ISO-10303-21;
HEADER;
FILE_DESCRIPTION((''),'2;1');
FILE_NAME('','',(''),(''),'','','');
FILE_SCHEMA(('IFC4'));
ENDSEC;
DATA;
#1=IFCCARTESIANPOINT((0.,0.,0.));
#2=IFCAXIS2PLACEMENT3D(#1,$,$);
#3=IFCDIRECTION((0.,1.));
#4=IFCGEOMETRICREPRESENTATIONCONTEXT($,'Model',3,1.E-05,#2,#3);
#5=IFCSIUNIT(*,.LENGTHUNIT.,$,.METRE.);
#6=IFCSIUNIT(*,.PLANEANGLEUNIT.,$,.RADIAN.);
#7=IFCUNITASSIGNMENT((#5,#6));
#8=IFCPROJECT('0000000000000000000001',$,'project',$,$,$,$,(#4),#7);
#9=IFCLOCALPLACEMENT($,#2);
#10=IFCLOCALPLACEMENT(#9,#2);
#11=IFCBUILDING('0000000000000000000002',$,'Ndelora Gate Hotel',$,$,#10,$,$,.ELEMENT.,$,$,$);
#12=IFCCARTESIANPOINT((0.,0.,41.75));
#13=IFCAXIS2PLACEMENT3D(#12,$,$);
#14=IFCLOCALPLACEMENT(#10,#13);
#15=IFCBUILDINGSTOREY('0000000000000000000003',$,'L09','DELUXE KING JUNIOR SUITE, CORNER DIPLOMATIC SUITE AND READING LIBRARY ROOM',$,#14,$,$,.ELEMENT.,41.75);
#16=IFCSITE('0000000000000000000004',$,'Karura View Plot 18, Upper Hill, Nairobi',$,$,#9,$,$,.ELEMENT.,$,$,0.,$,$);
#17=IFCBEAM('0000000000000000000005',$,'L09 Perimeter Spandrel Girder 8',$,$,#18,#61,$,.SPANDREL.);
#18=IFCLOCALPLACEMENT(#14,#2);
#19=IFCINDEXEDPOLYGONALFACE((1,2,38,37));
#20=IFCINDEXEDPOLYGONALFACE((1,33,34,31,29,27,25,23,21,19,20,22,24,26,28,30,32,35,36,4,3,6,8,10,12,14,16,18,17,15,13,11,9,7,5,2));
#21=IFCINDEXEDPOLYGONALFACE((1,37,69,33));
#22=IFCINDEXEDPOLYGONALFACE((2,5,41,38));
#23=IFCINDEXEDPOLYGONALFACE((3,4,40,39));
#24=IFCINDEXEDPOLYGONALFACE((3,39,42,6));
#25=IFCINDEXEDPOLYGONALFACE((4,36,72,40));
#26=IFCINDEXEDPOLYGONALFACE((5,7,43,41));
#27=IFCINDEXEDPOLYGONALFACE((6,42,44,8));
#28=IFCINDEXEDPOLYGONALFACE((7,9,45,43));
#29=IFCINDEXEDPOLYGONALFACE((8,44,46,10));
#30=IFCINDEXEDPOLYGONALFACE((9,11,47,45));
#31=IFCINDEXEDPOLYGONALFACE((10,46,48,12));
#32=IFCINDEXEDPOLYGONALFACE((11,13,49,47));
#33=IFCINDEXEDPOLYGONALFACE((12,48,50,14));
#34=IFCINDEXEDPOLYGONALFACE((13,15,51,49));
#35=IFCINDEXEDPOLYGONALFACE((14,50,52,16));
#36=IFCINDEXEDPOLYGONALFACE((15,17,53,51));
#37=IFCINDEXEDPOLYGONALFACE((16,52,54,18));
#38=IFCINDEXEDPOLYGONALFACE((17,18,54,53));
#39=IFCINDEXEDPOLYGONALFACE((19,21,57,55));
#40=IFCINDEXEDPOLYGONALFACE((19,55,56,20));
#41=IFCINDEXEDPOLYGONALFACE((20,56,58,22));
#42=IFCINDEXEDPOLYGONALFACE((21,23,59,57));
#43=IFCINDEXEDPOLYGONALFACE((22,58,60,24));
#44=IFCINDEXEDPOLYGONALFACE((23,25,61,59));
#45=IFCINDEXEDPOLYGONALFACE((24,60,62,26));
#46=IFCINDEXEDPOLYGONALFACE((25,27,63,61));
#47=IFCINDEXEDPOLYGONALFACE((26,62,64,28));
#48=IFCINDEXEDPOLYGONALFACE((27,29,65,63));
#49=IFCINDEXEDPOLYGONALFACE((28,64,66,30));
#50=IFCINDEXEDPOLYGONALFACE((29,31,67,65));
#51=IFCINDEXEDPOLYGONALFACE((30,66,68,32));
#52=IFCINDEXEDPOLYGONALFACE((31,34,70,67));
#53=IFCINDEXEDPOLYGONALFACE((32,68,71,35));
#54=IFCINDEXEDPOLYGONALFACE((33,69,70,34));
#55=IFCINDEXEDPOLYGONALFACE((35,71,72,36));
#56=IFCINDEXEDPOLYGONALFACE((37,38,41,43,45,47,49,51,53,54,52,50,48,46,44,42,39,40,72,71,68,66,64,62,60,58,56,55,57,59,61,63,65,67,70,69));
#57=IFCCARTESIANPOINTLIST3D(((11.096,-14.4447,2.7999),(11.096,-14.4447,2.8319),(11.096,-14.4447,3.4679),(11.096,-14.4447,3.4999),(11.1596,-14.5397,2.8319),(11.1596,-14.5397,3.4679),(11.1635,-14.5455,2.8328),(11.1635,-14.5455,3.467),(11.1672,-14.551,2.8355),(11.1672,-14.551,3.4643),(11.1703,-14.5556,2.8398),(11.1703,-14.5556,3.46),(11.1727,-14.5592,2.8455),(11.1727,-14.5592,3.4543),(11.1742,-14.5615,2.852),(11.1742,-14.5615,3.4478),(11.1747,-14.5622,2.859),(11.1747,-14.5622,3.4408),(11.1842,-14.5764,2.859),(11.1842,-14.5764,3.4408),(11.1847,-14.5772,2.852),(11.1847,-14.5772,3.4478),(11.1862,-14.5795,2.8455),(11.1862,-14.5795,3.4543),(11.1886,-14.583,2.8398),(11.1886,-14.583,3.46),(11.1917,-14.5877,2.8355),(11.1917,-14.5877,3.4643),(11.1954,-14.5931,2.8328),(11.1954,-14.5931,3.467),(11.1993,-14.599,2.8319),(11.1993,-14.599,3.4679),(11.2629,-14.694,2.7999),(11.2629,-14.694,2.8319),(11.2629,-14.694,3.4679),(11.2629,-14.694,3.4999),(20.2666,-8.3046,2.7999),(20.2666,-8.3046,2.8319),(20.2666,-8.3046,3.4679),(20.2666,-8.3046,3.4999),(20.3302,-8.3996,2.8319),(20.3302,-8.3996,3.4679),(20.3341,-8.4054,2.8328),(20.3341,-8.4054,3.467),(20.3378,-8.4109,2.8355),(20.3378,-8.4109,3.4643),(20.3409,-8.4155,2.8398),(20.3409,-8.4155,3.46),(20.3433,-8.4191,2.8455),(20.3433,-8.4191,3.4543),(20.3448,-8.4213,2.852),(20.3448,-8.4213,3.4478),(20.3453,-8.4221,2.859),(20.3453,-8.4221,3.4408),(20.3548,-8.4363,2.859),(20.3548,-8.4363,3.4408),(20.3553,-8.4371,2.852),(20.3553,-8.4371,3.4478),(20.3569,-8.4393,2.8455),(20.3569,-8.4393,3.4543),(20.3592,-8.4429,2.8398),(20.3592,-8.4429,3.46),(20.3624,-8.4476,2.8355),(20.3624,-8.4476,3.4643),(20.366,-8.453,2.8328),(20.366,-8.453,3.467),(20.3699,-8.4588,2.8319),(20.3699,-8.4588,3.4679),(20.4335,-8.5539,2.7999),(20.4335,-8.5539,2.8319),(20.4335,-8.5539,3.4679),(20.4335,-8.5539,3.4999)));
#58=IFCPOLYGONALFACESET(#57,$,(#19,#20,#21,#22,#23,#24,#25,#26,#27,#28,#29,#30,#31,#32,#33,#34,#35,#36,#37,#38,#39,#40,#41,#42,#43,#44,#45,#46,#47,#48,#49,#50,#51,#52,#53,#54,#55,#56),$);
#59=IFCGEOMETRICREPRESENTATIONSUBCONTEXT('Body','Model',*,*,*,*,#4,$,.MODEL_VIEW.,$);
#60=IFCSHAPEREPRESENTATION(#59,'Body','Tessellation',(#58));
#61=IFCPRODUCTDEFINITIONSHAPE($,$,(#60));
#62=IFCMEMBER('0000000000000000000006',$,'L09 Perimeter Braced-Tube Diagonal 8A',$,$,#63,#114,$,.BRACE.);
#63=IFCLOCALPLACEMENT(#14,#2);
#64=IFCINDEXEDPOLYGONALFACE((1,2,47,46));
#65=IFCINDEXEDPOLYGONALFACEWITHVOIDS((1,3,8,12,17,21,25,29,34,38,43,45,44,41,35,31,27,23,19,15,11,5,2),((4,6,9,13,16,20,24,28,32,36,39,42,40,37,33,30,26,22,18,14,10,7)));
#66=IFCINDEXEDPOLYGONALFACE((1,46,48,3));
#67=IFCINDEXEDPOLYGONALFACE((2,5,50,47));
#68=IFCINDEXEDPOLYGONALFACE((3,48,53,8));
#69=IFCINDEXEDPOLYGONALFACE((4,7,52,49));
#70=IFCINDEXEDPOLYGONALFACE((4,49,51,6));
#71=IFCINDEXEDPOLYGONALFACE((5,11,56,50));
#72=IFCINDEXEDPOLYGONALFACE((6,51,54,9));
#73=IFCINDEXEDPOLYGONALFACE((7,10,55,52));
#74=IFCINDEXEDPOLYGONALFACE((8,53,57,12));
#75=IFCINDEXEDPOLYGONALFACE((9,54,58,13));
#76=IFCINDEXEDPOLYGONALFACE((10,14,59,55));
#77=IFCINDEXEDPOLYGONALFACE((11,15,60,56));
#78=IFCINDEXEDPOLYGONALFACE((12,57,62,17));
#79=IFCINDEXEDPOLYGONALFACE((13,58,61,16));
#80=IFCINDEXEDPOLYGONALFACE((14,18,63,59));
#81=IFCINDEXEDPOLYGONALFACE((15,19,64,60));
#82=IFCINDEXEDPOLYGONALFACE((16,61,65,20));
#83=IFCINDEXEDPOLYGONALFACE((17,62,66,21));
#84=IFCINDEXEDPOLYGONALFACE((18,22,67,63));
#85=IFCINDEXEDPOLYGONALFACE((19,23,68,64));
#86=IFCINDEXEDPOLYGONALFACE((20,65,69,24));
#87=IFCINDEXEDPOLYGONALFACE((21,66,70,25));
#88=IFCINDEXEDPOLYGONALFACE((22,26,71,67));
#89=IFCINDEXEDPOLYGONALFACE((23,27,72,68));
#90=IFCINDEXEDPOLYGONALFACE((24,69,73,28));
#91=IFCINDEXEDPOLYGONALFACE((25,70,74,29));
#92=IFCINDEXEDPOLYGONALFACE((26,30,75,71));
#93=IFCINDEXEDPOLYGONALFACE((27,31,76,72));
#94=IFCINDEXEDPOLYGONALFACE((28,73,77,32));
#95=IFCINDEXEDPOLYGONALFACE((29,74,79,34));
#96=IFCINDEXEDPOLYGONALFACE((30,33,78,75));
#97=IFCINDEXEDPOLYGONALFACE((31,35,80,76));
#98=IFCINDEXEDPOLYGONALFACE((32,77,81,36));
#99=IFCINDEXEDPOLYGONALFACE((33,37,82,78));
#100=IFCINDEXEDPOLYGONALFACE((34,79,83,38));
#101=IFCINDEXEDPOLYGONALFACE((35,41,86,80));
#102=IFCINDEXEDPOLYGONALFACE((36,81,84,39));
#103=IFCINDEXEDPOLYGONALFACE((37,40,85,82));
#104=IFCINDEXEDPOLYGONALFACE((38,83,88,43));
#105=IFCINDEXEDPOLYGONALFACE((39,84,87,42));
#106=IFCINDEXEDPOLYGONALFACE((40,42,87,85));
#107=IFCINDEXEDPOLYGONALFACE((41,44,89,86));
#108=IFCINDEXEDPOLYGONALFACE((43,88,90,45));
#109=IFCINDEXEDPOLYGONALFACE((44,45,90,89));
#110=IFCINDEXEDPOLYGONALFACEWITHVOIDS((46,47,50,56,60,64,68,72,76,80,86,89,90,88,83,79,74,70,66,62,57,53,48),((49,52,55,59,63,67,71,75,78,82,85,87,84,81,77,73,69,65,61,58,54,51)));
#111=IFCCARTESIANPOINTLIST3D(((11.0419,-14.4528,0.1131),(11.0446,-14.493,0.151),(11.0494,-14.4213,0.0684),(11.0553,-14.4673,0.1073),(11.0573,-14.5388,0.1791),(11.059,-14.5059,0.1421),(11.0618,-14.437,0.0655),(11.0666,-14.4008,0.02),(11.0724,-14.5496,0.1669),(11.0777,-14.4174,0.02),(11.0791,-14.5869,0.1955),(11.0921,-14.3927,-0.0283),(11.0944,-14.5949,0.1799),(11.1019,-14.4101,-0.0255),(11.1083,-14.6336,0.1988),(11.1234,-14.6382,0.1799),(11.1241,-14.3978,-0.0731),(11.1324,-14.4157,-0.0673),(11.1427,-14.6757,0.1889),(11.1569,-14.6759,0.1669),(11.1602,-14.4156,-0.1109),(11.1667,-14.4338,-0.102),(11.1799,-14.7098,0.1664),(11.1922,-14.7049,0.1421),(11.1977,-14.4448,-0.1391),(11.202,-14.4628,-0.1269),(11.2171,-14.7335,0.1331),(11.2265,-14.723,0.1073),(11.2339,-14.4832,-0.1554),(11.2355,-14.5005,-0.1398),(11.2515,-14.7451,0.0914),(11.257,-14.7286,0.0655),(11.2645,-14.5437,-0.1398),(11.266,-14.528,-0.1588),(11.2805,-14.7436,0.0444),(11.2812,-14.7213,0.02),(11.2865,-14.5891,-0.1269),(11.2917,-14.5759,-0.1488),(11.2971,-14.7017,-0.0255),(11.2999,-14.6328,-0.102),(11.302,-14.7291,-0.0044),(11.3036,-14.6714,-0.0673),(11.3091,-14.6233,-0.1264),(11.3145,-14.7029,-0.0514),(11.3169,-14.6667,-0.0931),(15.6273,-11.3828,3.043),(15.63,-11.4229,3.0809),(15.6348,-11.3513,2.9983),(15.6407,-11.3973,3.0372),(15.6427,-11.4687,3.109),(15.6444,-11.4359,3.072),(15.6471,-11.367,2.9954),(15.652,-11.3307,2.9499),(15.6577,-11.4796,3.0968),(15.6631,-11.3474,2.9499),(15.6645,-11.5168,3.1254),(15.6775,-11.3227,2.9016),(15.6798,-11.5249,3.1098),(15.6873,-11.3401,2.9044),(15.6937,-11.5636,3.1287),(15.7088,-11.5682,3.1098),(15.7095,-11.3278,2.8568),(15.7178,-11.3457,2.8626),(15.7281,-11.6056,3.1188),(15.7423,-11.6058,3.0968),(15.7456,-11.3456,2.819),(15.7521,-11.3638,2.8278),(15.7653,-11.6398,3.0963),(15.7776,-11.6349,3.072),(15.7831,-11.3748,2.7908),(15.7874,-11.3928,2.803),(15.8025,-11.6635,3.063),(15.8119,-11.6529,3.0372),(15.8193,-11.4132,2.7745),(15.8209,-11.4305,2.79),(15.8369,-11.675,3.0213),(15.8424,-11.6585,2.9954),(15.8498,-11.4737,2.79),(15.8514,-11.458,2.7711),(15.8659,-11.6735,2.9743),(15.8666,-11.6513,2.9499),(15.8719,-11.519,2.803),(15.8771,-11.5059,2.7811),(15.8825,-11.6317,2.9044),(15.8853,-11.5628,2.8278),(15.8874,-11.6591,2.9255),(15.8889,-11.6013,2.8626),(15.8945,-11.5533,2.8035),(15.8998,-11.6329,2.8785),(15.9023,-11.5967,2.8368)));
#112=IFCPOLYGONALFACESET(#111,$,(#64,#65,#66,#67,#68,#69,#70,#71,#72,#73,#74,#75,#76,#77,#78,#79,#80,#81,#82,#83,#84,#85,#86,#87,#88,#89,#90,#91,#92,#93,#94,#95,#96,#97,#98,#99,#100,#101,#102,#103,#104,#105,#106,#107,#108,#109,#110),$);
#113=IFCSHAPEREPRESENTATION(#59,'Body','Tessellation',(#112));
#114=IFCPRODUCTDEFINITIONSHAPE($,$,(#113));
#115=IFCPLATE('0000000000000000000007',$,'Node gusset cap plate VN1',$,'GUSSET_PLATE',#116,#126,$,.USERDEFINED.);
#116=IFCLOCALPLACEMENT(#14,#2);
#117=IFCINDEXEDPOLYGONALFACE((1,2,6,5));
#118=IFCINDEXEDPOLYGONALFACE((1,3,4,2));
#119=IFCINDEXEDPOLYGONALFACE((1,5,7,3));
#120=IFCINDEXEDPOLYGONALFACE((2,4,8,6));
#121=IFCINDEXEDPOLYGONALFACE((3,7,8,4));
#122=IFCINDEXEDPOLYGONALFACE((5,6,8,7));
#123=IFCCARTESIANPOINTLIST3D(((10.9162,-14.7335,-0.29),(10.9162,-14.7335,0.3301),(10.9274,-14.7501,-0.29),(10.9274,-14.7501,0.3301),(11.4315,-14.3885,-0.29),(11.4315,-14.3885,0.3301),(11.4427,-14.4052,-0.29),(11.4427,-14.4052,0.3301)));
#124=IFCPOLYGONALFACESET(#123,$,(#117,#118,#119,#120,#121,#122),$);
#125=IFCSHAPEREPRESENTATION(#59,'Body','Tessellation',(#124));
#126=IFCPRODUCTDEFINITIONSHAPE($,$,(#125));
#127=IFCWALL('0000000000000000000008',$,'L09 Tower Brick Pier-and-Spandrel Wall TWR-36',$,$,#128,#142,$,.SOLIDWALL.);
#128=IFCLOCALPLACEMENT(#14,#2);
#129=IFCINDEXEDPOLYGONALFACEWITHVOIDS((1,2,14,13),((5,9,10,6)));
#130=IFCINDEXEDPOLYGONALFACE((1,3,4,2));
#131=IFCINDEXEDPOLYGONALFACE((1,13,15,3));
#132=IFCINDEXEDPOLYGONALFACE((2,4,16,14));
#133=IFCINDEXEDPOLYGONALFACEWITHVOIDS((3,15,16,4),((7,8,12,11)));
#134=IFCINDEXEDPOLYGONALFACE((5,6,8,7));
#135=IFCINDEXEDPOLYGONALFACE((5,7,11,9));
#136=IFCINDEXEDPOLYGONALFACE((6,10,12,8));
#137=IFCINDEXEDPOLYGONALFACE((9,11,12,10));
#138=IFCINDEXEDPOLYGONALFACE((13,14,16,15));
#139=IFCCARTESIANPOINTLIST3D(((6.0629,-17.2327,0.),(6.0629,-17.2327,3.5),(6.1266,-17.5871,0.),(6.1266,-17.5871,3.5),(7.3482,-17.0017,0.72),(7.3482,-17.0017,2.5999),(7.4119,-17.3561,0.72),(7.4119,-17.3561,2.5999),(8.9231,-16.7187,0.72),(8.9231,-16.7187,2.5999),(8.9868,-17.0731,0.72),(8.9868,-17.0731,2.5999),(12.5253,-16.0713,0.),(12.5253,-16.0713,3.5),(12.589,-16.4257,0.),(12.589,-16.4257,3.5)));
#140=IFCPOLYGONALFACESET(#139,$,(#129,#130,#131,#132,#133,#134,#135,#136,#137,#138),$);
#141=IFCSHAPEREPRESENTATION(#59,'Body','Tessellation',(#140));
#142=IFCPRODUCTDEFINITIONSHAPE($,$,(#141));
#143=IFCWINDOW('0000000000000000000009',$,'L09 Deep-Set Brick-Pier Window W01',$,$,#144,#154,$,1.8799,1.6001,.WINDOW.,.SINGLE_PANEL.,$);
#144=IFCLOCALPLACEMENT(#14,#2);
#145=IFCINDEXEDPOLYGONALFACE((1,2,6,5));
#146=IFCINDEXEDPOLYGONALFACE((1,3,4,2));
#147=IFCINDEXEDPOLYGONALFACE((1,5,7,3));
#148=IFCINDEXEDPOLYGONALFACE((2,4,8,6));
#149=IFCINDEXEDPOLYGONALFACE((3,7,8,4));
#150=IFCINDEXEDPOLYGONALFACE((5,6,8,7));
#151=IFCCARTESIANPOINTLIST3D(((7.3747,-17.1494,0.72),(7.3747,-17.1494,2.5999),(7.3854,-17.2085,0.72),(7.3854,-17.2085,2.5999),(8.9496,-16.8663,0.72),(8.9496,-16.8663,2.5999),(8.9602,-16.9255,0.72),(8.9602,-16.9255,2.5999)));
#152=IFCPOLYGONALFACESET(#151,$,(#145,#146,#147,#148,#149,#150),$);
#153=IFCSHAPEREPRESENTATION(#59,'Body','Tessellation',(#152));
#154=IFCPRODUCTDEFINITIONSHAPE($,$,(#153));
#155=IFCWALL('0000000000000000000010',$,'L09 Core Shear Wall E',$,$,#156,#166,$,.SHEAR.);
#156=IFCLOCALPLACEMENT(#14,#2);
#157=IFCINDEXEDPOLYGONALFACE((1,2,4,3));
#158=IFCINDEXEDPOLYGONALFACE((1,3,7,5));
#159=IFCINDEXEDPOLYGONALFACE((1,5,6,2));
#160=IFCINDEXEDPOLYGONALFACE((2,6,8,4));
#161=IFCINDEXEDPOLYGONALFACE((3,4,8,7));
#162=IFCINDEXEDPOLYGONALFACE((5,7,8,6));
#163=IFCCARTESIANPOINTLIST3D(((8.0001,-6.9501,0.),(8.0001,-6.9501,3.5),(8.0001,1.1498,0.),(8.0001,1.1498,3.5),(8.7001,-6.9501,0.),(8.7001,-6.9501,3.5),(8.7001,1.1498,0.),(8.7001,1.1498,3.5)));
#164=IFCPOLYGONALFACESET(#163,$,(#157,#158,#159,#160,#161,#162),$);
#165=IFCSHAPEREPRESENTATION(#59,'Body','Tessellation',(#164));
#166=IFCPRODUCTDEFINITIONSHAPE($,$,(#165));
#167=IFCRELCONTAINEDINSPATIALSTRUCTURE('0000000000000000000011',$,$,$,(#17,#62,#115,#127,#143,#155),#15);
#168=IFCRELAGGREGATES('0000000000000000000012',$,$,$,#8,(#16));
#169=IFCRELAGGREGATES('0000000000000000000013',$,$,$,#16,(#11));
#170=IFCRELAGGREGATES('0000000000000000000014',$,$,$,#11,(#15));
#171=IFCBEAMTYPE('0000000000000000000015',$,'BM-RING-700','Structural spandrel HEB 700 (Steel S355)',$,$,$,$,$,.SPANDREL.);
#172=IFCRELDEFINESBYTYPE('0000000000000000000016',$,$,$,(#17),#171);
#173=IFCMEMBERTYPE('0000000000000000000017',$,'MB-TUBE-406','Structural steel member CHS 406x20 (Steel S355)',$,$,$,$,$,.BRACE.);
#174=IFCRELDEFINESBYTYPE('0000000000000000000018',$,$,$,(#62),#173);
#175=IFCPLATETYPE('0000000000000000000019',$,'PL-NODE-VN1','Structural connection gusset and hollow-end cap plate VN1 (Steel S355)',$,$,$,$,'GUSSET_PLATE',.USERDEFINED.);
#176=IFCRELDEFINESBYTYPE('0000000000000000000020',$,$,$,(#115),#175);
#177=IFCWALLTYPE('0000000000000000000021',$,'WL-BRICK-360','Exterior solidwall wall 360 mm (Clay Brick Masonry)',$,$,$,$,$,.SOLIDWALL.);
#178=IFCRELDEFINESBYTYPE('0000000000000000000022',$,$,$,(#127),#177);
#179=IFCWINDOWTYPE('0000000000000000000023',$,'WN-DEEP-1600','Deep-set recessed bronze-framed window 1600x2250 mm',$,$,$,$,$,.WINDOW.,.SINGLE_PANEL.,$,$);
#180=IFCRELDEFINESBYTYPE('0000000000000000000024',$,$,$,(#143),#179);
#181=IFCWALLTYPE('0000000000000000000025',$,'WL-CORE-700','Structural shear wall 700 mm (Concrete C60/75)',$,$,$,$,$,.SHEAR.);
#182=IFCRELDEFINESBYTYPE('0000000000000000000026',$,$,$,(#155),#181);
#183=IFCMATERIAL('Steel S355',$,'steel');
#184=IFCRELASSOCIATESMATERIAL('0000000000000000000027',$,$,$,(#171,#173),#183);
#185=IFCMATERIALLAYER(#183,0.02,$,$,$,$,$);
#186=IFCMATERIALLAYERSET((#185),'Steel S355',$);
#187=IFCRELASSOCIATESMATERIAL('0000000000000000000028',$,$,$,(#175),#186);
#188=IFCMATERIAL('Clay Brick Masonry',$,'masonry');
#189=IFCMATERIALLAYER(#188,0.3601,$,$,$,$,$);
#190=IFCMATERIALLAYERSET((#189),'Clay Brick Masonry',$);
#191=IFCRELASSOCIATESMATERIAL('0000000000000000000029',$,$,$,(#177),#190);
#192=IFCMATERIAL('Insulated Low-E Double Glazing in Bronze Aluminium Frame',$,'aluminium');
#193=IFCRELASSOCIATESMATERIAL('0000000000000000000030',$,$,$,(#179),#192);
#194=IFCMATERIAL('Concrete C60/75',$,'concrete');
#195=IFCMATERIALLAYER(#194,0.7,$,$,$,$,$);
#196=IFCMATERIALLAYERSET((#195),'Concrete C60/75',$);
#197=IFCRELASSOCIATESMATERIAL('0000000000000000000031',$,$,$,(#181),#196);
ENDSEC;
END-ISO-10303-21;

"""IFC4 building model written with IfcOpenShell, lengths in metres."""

from ifc_helpers import new_model, si_unit, direction, frame, frame_2d, origin, origin_2d, place, context, subcontext, project, spatial, rectangle, hollow_circle, i_section, extrude, material, layer, layer_set, material_profile, profile_set, type_object, element, fill, save


model = new_model("IFC4")

# Units and contexts
model_context = context("Model", 3, precision=1e-05, world=origin(), true_north=direction((0.0, 1.0)))
body_context = subcontext(model_context, "Body", "Model", "MODEL_VIEW")
ifc_project = project(units=[si_unit("LENGTHUNIT", "METRE"), si_unit("PLANEANGLEUNIT", "RADIAN")], contexts=[model_context])

# Site, building, storey
site_placement = place(None, origin())
site = spatial("IfcSite", under=ifc_project, at=site_placement, Name="Karura View Plot 18, Upper Hill, Nairobi", CompositionType="ELEMENT", RefElevation=0.0)
building_placement = place(site_placement, origin())
building = spatial("IfcBuilding", under=site, at=building_placement, Name="Ndelora Gate Hotel", CompositionType="ELEMENT")
storey_placement = place(building_placement, frame((0.0, 0.0, 41.75)))
storey = spatial("IfcBuildingStorey", under=building, at=storey_placement, Name="L09", Description="DELUXE KING JUNIOR SUITE, CORNER DIPLOMATIC SUITE AND READING LIBRARY ROOM", CompositionType="ELEMENT", Elevation=41.75)

# Shared definitions
ifc_material_1 = material(Name="Concrete C60/75", Category="concrete")

# Beam
ifc_material_2 = material(Name="Steel S355", Category="steel")
ifc_material_profile_1 = material_profile(ifc_material_2, i_section(OverallWidth=0.3, OverallDepth=0.7, WebThickness=0.0171, FlangeThickness=0.032, FilletRadius=0.0271, at=origin_2d()), Name="HEB 700")
ifc_profile_set_1 = profile_set([ifc_material_profile_1], Name="Steel S355")
beam_type_1 = type_object("IfcBeamType", Name="BM-RING-700", Description="Structural spandrel HEB 700 (Steel S355)", PredefinedType="SPANDREL", material=ifc_profile_set_1)
beam_1_placement = place(storey_placement, frame((11.1794, -14.5693, 3.1499), z_axis=(0.830946, 0.556353, 0.0), x_axis=(-0.556353, 0.830946, 0.0)))
element("IfcBeam", 1, at=beam_1_placement, inside=storey, type_object=beam_type_1, Name="L09 Perimeter Spandrel Girder 8", PredefinedType="SPANDREL", context=body_context, shape_type="SweptSolid", body=[
    extrude(i_section(OverallWidth=0.3, OverallDepth=0.7, WebThickness=0.0171, FlangeThickness=0.032, FilletRadius=0.0271, at=origin_2d()), origin(), (0.0, 0.0, 1.0), 11.0364),
])

# Member
ifc_material_profile_2 = material_profile(ifc_material_2, hollow_circle(Radius=0.2029, WallThickness=0.02, at=origin_2d()), Name="CHS 406x20")
ifc_profile_set_2 = profile_set([ifc_material_profile_2], Name="Steel S355")
member_type = type_object("IfcMemberType", Name="MB-TUBE-406", Description="Structural steel member CHS 406x20 (Steel S355)", PredefinedType="BRACE", material=ifc_profile_set_2)
member_placement = place(storey_placement, frame((11.1794, -14.5693, 0.02), z_axis=(0.733919, 0.491377, 0.468947), x_axis=(-0.556343, 0.830953, 0.0)))
element("IfcMember", 2, at=member_placement, inside=storey, type_object=member_type, Name="L09 Perimeter Braced-Tube Diagonal 8A", PredefinedType="BRACE", context=body_context, shape_type="SweptSolid", body=[
    extrude(hollow_circle(Radius=0.2029, WallThickness=0.02, at=origin_2d()), origin(), (0.0, 0.0, 1.0), 6.2478),
])

# Plate
ifc_layer_1 = layer(ifc_material_2, 0.02)
ifc_layer_set_1 = layer_set([ifc_layer_1], Name="Steel S355")
plate_type = type_object("IfcPlateType", Name="PL-NODE-VN1", Description="Structural connection gusset and hollow-end cap plate VN1 (Steel S355)", ElementType="GUSSET_PLATE", PredefinedType="USERDEFINED", material=ifc_layer_set_1)
plate_placement = place(storey_placement, frame((11.1794, -14.5693, -0.29), z_axis=(0.0, 0.0, 1.0), x_axis=(0.830984, 0.556296, 0.0)))
element("IfcPlate", 3, at=plate_placement, inside=storey, type_object=plate_type, Name="Node gusset cap plate VN1", ObjectType="GUSSET_PLATE", PredefinedType="USERDEFINED", context=body_context, shape_type="SweptSolid", body=[
    extrude(rectangle(XDim=0.6201, YDim=0.02, at=origin_2d()), origin(), (0.0, 0.0, 1.0), 0.6201),
])

# Wall, opening, window
ifc_material_3 = material(Name="Clay Brick Masonry", Category="masonry")
ifc_layer_2 = layer(ifc_material_3, 0.3601)
ifc_layer_set_2 = layer_set([ifc_layer_2], Name="Clay Brick Masonry")
wall_type_1 = type_object("IfcWallType", Name="WL-BRICK-360", Description="Exterior solidwall wall 360 mm (Clay Brick Masonry)", PredefinedType="SOLIDWALL", material=ifc_layer_set_2)
wall_1_placement = place(storey_placement, frame((12.5571, -16.2485, 0.0), z_axis=(0.0, 0.0, 1.0), x_axis=(-0.984233, -0.176879, 0.0)))
wall_1 = element("IfcWall", 4, at=wall_1_placement, inside=storey, type_object=wall_type_1, Name="L09 Tower Brick Pier-and-Spandrel Wall TWR-36", PredefinedType="SOLIDWALL", context=body_context, shape_type="SweptSolid", body=[
    extrude(rectangle(XDim=6.5659, YDim=0.3601, at=frame_2d((3.283, 0.0))), origin(), (0.0, 0.0, 1.0), 3.5),
])
opening_1_placement = place(wall_1_placement, frame((3.6599, 0.0, 0.72)))
opening_1 = element("IfcOpeningElement", 5, at=opening_1_placement, cuts=wall_1, PredefinedType="OPENING", context=body_context, shape_type="SweptSolid", body=[
    extrude(rectangle(XDim=1.6001, YDim=1.8799, at=frame_2d((0.8, 0.9399))), frame((0.0, 0.1899, 0.0), z_axis=(0.0, -1.0, 0.0), x_axis=(1.0, 0.0, 0.0)), (0.0, 0.0, 1.0), 0.3801),
])
ifc_material_4 = material(Name="Insulated Low-E Double Glazing in Bronze Aluminium Frame", Category="aluminium")
window_type = type_object("IfcWindowType", Name="WN-DEEP-1600", Description="Deep-set recessed bronze-framed window 1600x2250 mm", PartitioningType="SINGLE_PANEL", PredefinedType="WINDOW", material=ifc_material_4)
window_placement = place(opening_1_placement, origin())
window = element("IfcWindow", 6, at=window_placement, inside=storey, type_object=window_type, Name="L09 Deep-Set Brick-Pier Window W01", OverallHeight=1.8799, OverallWidth=1.6001, PartitioningType="SINGLE_PANEL", PredefinedType="WINDOW", context=body_context, shape_type="SweptSolid", body=[
    extrude(rectangle(XDim=1.6001, YDim=1.8799, at=frame_2d((0.8, 0.9399))), frame((0.0, 0.03, 0.0), z_axis=(0.0, -1.0, 0.0), x_axis=(1.0, 0.0, 0.0)), (0.0, 0.0, 1.0), 0.0601),
])
fill(opening_1, window)

# Wall
ifc_layer_3 = layer(ifc_material_1, 0.7)
ifc_layer_set_3 = layer_set([ifc_layer_3], Name="Concrete C60/75")
wall_type_2 = type_object("IfcWallType", Name="WL-CORE-700", Description="Structural shear wall 700 mm (Concrete C60/75)", PredefinedType="SHEAR", material=ifc_layer_set_3)
wall_2_placement = place(storey_placement, frame((8.3501, -6.95, 0.0), z_axis=(0.0, 0.0, 1.0), x_axis=(0.0, 1.0, 0.0)))
element("IfcWall", 7, at=wall_2_placement, inside=storey, type_object=wall_type_2, Name="L09 Core Shear Wall E", PredefinedType="SHEAR", context=body_context, shape_type="SweptSolid", body=[
    extrude(rectangle(XDim=8.0999, YDim=0.7, at=frame_2d((4.0498, 0.0))), origin(), (0.0, 0.0, 1.0), 3.5),
])

save(model, "model.ifc")
